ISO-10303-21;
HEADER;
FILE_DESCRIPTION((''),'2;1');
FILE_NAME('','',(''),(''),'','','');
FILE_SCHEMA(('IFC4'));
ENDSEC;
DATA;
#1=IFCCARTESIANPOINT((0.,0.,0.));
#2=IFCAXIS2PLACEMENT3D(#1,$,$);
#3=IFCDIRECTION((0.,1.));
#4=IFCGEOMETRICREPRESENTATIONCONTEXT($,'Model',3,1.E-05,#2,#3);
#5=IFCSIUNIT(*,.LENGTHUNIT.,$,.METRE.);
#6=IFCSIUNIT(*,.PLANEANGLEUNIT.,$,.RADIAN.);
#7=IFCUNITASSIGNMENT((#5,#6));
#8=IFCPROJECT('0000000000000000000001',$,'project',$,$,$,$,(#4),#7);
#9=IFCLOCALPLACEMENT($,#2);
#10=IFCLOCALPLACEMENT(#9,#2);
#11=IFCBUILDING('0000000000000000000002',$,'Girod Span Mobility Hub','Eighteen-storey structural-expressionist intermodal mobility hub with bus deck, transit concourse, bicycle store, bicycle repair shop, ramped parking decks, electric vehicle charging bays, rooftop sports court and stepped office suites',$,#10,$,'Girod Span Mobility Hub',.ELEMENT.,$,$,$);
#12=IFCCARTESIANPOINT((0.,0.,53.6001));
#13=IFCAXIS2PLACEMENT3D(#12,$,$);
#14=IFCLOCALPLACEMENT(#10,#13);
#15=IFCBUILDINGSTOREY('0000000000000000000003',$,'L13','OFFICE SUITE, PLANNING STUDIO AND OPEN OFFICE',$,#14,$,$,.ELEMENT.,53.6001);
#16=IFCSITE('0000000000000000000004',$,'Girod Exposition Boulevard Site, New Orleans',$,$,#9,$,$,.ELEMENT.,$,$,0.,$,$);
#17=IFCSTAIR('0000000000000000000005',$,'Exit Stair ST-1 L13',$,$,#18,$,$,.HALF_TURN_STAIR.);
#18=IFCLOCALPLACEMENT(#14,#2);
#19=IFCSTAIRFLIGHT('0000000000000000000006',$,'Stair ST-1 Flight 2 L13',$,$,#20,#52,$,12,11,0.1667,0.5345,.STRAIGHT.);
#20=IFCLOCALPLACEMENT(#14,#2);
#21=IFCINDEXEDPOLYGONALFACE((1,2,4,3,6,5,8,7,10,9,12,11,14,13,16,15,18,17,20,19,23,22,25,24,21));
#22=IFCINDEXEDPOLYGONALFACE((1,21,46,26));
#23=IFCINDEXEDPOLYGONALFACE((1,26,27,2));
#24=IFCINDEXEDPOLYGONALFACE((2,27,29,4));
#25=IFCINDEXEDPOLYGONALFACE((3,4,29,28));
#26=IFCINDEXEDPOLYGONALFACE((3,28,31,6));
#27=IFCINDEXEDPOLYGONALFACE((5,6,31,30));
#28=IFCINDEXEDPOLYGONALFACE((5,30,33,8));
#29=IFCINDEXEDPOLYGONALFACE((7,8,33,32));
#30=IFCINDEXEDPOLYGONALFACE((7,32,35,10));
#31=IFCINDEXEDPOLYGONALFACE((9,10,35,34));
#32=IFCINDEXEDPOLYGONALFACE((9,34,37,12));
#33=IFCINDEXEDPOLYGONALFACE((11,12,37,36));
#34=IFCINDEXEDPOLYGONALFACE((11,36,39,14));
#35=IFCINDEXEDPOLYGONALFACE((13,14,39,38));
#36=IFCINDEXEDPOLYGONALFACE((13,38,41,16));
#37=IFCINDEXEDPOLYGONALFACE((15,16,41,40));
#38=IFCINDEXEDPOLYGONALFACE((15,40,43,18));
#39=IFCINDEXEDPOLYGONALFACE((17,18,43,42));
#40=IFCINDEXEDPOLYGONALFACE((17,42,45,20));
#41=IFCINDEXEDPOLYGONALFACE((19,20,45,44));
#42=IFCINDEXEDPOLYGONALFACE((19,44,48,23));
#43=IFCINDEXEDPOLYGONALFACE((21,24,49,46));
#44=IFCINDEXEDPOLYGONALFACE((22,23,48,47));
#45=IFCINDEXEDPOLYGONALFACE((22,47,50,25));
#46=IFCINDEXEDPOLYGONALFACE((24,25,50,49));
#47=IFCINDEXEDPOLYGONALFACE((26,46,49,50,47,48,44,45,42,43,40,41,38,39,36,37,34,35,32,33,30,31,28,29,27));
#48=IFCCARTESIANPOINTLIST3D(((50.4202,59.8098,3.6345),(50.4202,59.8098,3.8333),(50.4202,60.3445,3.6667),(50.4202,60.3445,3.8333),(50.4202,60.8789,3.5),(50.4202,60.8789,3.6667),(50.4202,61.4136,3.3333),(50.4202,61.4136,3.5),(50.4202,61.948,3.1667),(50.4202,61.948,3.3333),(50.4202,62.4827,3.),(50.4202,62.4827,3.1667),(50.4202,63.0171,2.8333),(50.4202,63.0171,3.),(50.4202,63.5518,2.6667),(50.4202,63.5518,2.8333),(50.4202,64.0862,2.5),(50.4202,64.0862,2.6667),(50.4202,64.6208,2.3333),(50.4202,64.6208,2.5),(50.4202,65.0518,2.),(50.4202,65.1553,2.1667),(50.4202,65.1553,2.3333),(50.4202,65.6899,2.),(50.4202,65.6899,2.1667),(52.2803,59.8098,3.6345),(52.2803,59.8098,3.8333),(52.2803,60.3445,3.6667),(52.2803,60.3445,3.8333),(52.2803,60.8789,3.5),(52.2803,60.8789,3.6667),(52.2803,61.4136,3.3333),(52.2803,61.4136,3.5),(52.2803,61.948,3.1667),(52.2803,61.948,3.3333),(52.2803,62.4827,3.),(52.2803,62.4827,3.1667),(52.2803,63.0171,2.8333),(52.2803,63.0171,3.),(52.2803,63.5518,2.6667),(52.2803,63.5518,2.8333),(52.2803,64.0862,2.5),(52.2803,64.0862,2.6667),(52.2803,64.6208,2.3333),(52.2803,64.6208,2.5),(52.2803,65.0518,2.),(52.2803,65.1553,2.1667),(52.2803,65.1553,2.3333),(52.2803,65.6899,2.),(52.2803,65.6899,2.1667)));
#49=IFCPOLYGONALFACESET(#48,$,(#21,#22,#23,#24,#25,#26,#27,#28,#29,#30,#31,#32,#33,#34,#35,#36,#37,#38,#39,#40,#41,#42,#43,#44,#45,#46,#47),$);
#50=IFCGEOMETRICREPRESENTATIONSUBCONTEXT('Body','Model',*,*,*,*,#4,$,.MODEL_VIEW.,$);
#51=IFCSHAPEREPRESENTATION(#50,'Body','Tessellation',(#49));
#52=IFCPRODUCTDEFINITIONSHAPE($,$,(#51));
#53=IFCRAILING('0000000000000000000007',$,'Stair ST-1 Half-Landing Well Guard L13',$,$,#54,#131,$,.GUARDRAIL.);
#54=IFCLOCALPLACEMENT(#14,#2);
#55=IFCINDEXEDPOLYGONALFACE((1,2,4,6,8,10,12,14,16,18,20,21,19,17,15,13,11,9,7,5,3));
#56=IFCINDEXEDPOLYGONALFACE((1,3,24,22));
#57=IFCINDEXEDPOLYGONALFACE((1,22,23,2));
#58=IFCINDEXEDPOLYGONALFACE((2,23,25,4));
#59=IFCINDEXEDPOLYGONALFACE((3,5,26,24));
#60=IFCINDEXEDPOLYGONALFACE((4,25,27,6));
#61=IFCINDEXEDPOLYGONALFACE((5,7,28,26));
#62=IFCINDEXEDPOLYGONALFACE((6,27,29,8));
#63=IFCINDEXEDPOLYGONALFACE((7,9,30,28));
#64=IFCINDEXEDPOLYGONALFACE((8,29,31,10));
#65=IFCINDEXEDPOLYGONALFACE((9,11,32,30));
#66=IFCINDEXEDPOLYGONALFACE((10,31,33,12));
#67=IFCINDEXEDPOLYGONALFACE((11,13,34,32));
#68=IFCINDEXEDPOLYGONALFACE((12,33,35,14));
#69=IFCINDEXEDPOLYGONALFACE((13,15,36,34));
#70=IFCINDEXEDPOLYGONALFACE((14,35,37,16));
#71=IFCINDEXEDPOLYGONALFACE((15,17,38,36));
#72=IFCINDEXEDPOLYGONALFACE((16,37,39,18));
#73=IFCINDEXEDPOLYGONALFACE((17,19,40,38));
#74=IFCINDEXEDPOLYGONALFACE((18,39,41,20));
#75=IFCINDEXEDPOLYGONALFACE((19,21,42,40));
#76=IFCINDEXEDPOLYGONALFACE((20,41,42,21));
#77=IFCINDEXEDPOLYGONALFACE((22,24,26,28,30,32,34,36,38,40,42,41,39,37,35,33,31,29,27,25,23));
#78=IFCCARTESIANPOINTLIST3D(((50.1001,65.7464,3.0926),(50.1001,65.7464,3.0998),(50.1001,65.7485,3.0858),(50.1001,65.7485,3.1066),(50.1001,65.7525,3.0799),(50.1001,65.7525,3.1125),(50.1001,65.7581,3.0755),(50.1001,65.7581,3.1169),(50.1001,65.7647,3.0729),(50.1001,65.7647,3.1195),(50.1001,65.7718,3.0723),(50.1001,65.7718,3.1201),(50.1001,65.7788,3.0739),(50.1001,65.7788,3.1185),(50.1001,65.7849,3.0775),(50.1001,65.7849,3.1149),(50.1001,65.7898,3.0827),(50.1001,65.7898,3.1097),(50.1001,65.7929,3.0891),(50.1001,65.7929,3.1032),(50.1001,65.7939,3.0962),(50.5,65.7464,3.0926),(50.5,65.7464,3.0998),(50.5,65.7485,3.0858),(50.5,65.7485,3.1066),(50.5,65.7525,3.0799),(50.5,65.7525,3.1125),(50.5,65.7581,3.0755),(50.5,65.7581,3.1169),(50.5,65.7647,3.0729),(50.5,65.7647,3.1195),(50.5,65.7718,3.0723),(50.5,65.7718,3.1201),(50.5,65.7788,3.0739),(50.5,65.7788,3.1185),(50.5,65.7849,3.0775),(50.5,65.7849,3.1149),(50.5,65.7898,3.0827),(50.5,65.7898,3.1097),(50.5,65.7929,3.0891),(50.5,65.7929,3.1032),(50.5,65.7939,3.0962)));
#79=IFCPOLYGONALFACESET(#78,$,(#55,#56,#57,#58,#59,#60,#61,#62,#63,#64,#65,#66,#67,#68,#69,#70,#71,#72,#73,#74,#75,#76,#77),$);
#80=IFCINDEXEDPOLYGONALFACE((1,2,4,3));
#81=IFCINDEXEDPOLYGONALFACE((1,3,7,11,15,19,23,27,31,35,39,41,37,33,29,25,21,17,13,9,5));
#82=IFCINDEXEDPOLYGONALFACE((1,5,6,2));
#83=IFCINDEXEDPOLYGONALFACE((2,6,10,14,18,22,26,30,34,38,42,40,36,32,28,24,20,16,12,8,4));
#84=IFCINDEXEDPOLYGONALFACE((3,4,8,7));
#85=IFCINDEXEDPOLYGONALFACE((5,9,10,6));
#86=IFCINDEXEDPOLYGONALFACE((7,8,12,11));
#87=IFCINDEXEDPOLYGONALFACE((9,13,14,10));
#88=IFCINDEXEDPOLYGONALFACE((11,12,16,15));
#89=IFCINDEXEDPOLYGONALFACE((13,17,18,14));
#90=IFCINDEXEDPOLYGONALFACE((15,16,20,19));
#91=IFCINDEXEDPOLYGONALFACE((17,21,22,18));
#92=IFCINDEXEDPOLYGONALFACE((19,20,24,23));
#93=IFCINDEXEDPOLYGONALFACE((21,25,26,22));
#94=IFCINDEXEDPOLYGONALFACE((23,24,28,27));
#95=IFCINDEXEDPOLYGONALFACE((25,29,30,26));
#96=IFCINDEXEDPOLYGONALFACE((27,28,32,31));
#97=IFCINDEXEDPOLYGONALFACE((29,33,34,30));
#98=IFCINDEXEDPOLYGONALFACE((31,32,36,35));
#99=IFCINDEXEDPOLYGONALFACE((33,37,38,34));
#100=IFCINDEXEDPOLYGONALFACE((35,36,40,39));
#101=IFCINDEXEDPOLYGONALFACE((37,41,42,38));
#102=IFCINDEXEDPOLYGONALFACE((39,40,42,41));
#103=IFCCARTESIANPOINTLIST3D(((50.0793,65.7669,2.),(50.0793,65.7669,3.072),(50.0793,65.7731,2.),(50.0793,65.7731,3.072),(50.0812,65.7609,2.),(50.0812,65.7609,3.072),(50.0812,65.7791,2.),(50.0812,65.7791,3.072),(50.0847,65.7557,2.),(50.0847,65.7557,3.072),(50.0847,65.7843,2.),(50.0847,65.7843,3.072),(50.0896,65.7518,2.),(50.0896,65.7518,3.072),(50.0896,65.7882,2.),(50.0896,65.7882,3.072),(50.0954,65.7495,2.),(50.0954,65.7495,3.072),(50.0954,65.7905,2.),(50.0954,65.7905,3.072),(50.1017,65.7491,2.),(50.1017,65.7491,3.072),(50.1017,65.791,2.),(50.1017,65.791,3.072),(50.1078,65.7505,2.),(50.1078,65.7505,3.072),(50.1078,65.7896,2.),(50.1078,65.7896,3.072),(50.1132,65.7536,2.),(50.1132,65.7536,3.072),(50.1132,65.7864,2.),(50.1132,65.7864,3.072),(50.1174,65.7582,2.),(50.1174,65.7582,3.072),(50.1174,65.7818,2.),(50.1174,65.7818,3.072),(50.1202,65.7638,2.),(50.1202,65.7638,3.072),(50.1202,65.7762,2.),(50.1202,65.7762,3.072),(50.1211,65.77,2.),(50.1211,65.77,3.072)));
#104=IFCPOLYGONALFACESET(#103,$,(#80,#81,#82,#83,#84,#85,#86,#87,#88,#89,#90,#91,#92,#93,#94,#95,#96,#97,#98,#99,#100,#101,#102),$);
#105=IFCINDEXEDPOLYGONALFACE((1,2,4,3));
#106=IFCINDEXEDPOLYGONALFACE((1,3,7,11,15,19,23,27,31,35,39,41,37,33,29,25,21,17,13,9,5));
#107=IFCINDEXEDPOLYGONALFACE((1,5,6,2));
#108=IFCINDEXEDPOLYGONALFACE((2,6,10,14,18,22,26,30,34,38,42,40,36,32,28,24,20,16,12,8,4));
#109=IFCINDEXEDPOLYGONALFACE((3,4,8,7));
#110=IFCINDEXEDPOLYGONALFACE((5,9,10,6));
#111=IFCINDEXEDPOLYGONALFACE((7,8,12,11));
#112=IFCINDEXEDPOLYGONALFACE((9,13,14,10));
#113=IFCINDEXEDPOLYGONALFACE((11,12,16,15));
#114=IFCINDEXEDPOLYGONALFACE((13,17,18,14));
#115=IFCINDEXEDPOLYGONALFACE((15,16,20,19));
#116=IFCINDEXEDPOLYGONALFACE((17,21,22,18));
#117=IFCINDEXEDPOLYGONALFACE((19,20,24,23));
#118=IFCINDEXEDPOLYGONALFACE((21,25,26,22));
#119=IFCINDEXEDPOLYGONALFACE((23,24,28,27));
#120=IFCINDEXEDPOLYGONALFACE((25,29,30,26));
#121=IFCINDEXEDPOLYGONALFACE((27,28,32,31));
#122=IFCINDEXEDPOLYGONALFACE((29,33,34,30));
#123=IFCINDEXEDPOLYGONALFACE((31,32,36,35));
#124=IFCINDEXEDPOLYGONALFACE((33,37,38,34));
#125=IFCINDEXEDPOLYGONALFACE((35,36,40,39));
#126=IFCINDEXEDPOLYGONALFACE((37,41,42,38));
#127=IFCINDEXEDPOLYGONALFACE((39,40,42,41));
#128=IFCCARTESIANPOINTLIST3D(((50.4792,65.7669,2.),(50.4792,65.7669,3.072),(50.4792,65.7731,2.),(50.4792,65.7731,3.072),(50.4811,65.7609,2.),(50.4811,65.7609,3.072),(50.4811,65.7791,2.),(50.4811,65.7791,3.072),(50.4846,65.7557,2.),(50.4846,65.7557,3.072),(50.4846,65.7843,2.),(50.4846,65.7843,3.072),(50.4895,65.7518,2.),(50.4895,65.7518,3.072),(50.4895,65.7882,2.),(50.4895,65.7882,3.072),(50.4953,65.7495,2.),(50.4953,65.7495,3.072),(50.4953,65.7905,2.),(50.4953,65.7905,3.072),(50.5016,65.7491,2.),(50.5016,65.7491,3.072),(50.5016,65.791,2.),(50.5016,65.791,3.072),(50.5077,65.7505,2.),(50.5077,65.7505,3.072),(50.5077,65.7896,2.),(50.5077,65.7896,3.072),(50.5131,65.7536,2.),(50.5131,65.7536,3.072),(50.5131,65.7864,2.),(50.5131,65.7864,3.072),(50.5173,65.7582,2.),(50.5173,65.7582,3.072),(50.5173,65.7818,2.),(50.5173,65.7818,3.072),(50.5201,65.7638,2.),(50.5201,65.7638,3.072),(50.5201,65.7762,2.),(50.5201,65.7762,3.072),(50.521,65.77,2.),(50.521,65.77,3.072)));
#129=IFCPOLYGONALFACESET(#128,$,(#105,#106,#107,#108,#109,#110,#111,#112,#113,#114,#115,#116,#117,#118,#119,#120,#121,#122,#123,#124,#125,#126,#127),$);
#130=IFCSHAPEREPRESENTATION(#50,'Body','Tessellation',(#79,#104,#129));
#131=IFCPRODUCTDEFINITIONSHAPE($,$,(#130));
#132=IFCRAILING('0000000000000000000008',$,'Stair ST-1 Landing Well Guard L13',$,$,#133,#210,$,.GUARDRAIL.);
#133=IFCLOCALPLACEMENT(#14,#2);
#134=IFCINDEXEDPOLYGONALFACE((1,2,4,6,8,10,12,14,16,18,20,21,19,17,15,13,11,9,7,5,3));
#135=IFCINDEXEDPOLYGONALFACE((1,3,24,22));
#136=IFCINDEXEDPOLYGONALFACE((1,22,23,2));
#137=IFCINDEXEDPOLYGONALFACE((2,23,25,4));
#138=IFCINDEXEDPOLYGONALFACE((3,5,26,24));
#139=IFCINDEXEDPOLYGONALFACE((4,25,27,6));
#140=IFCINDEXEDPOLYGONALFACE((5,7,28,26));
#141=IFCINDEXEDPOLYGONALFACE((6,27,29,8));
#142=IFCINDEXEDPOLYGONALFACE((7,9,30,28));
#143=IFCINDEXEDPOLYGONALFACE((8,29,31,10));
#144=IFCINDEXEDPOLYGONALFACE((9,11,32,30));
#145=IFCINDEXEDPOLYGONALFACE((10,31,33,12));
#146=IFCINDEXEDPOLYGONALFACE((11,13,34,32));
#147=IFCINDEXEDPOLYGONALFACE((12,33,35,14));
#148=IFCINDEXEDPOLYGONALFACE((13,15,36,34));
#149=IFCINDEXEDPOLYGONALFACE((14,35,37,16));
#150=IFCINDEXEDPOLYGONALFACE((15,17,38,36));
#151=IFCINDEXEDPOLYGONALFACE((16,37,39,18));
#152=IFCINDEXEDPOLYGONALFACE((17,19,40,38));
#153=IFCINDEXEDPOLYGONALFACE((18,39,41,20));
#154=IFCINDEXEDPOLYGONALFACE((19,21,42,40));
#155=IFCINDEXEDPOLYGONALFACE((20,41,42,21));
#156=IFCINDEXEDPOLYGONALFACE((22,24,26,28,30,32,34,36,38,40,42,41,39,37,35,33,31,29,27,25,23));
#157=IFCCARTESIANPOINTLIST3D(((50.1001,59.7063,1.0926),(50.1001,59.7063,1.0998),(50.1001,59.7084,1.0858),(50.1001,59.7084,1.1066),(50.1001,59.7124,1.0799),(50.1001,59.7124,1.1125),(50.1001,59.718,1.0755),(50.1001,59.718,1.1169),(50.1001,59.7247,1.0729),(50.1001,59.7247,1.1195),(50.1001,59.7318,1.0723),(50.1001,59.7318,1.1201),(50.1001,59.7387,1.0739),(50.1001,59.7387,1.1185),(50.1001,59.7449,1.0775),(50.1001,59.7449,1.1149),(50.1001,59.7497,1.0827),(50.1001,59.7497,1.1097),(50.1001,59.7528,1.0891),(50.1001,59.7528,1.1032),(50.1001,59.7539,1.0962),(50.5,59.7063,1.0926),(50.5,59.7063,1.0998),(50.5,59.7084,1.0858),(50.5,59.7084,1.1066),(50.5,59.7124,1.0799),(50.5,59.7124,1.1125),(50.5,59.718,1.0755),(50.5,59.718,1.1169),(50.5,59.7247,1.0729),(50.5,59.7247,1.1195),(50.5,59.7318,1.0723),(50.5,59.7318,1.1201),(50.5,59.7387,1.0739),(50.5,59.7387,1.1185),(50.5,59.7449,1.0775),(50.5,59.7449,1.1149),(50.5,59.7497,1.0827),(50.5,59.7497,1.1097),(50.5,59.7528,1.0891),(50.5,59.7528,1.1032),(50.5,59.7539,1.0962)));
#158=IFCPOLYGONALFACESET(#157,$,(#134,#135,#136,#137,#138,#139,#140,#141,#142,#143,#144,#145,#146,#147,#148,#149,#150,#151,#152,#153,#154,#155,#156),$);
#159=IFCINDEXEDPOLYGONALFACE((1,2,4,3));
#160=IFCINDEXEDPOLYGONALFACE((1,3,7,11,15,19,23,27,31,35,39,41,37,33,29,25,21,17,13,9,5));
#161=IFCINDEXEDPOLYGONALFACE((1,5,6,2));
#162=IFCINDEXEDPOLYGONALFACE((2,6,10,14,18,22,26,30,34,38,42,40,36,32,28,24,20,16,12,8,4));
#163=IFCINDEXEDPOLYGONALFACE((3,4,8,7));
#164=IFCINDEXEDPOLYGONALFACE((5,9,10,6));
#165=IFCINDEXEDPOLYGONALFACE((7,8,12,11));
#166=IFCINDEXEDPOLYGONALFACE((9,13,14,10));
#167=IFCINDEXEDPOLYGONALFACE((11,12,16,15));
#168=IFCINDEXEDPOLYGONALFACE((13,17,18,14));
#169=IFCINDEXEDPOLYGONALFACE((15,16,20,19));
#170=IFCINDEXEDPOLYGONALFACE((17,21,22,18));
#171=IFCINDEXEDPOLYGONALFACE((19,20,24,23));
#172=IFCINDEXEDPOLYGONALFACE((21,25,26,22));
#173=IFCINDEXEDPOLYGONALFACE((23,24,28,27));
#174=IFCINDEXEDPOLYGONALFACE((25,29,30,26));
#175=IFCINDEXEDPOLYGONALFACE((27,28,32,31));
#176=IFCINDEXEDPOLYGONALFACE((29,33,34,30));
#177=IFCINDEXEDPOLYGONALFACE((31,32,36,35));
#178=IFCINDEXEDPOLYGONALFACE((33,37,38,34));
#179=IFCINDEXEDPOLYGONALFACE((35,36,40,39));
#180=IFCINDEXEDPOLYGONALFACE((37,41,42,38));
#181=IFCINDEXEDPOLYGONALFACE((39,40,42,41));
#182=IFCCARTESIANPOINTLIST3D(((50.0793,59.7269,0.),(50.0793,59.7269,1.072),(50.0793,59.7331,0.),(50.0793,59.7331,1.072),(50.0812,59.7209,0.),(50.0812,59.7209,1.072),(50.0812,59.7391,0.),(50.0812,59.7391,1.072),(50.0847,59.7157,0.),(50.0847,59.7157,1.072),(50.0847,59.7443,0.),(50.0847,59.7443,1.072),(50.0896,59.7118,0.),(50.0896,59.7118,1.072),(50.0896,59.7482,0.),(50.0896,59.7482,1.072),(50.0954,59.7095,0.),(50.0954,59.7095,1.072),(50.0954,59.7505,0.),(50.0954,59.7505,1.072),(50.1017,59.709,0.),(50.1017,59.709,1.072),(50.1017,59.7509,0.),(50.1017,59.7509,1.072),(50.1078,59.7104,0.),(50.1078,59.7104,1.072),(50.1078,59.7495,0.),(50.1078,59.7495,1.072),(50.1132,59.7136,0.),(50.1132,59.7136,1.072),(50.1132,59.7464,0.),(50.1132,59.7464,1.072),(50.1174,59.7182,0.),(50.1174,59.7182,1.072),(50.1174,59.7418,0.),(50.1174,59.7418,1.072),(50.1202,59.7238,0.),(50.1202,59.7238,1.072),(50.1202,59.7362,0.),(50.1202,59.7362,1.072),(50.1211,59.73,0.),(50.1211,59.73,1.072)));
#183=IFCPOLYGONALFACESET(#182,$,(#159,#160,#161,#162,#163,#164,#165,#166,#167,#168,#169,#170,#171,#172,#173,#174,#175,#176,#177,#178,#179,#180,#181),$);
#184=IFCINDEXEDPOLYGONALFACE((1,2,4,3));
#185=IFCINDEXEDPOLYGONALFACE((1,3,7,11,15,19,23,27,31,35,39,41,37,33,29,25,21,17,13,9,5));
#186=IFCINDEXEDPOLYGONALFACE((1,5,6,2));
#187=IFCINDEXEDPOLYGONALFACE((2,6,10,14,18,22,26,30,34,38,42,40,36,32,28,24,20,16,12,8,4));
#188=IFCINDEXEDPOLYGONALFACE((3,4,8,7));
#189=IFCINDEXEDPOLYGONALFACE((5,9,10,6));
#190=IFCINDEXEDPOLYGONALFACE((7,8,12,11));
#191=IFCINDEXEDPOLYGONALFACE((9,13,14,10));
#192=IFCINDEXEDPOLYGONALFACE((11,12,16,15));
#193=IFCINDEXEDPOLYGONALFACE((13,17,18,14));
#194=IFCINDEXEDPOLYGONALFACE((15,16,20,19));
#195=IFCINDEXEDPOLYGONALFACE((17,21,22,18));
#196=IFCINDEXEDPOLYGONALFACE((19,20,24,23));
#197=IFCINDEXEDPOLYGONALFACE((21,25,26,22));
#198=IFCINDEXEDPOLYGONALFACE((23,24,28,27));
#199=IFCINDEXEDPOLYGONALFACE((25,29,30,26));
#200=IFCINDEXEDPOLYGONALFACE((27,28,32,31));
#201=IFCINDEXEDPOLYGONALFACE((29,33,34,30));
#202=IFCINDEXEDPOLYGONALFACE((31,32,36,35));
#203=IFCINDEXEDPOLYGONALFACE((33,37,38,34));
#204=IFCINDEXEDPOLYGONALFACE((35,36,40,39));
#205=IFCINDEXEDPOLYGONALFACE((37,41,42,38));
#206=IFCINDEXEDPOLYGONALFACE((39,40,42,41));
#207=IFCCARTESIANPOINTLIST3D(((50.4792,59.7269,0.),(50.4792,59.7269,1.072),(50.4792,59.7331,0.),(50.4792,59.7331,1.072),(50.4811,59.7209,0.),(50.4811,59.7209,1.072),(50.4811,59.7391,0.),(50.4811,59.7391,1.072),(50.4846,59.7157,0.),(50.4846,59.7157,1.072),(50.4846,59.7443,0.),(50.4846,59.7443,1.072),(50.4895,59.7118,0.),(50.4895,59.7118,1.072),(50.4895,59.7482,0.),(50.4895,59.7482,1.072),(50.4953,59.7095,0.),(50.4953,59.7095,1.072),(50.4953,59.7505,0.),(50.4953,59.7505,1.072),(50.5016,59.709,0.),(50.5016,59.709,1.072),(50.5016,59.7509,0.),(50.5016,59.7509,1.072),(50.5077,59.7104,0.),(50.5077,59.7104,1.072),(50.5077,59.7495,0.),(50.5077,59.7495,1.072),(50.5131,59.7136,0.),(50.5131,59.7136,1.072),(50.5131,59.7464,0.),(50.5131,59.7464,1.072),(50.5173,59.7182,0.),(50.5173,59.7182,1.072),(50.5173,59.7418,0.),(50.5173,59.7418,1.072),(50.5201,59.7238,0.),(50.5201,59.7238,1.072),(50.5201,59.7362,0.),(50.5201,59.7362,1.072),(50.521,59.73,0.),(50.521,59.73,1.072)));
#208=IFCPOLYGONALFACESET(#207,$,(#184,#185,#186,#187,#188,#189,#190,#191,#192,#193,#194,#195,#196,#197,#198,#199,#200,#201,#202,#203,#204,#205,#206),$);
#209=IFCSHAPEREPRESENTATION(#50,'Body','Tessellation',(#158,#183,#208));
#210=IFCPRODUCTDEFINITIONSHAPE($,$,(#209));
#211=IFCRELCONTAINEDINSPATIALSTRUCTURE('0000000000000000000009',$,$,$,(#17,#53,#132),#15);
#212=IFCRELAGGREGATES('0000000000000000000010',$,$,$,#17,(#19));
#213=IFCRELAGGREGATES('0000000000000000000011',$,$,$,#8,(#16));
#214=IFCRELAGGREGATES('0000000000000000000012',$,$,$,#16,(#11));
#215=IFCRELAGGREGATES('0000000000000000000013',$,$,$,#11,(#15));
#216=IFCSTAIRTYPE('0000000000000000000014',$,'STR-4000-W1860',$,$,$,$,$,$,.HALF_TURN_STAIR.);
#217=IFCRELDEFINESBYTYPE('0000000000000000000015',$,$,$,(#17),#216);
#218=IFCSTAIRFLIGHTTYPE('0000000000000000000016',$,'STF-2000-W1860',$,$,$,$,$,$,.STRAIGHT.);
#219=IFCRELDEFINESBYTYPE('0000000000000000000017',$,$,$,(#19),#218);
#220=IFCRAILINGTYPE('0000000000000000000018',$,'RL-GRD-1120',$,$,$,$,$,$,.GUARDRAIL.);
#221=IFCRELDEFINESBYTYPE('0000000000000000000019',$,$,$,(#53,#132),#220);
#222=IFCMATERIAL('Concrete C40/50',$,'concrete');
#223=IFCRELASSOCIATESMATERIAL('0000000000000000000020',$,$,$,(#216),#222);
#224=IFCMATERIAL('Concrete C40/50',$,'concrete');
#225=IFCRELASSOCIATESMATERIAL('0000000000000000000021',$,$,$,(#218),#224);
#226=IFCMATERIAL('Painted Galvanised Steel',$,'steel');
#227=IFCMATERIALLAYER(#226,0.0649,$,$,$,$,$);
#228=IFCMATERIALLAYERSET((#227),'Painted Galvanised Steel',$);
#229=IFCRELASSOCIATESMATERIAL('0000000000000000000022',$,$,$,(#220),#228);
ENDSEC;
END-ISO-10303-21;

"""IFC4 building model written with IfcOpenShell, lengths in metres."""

from ifc_helpers import new_model, si_unit, direction, frame, origin, origin_2d, place, context, subcontext, project, spatial, polyline, circle, outline, extrude, material, layer, layer_set, type_object, element, aggregate, save


model = new_model("IFC4")

# Units and contexts
model_context = context("Model", 3, precision=1e-05, world=origin(), true_north=direction((0.0, 1.0)))
body_context = subcontext(model_context, "Body", "Model", "MODEL_VIEW")
ifc_project = project(units=[si_unit("LENGTHUNIT", "METRE"), si_unit("PLANEANGLEUNIT", "RADIAN")], contexts=[model_context])

# Site, building, storey
site_placement = place(None, origin())
site = spatial("IfcSite", under=ifc_project, at=site_placement, Name="Girod Exposition Boulevard Site, New Orleans", CompositionType="ELEMENT", RefElevation=0.0)
building_placement = place(site_placement, origin())
building = spatial("IfcBuilding", under=site, at=building_placement, Name="Girod Span Mobility Hub", Description="Eighteen-storey structural-expressionist intermodal mobility hub with bus deck, transit concourse, bicycle store, bicycle repair shop, ramped parking decks, electric vehicle charging bays, rooftop sports court and stepped office suites", LongName="Girod Span Mobility Hub", CompositionType="ELEMENT")
storey_placement = place(building_placement, frame((0.0, 0.0, 53.6001)))
storey = spatial("IfcBuildingStorey", under=building, at=storey_placement, Name="L13", Description="OFFICE SUITE, PLANNING STUDIO AND OPEN OFFICE", CompositionType="ELEMENT", Elevation=53.6001)

# Stair, stair flight
ifc_material_1 = material(Name="Concrete C40/50", Category="concrete")
stair_type = type_object("IfcStairType", Name="STR-4000-W1860", PredefinedType="HALF_TURN_STAIR", material=ifc_material_1)
stair_placement = place(storey_placement, origin())
stair = element("IfcStair", 1, at=stair_placement, inside=storey, type_object=stair_type, Name="Exit Stair ST-1 L13", PredefinedType="HALF_TURN_STAIR")
ifc_material_2 = material(Name="Concrete C40/50", Category="concrete")
stair_flight_type = type_object("IfcStairFlightType", Name="STF-2000-W1860", PredefinedType="STRAIGHT", material=ifc_material_2)
stair_flight_1_placement = place(storey_placement, frame((51.3501, 65.6899, 2.0), z_axis=(0.0, 0.0, 1.0), x_axis=(0.0, -1.0, 0.0)))
stair_flight_1 = element("IfcStairFlight", 2, at=stair_flight_1_placement, type_object=stair_flight_type, Name="Stair ST-1 Flight 2 L13", NumberOfRisers=12, NumberOfTreads=11, PredefinedType="STRAIGHT", RiserHeight=0.1667, TreadLength=0.5345, context=body_context, shape_type="SweptSolid", body=[
    extrude(outline(polyline([(0.0, 0.0), (0.0, 0.1667), (0.5347, 0.1667), (0.5347, 0.3333), (1.0691, 0.3333), (1.0691, 0.5), (1.6038, 0.5), (1.6038, 0.6667), (2.1382, 0.6667), (2.1382, 0.8333), (2.6729, 0.8333), (2.6729, 1.0), (3.2073, 1.0), (3.2073, 1.1667), (3.7419, 1.1667), (3.7419, 1.3333), (4.2764, 1.3333), (4.2764, 1.5), (4.811, 1.5), (4.811, 1.6667), (5.3455, 1.6667), (5.3455, 1.8333), (5.8801, 1.8333), (5.8801, 2.0), (5.8801, 1.6345), (0.6382, 0.0), (0.0, 0.0)])), frame((0.0, 0.9302, 0.0), z_axis=(0.0, -1.0, 0.0), x_axis=(1.0, 0.0, 0.0)), (0.0, 0.0, 1.0), 1.8601),
])
aggregate(stair, [stair_flight_1])

# Railings
ifc_material_3 = material(Name="Painted Galvanised Steel", Category="steel")
ifc_layer_1 = layer(ifc_material_3, 0.0649)
ifc_layer_set_1 = layer_set([ifc_layer_1], Name="Painted Galvanised Steel")
railing_type_1 = type_object("IfcRailingType", Name="RL-GRD-1120", PredefinedType="GUARDRAIL", material=ifc_layer_set_1)
for number, where, name in (
    (3, (50.1001, 65.77, 2.0), "Stair ST-1 Half-Landing Well Guard L13"),
    (4, (50.1001, 59.73, 0.0), "Stair ST-1 Landing Well Guard L13"),
):
    element("IfcRailing", number, at=place(storey_placement, frame(where)), inside=storey, type_object=railing_type_1, Name=name, PredefinedType="GUARDRAIL", context=body_context, shape_type="SweptSolid", body=[
        extrude(circle(Radius=0.0239, at=origin_2d()), frame((0.0, 0.0, 1.0962), z_axis=(1.0, 0.0, 0.0), x_axis=(0.0, 1.0, 0.0)), (0.0, 0.0, 1.0), 0.3999),
        extrude(circle(Radius=0.021, at=origin_2d()), origin(), (0.0, 0.0, 1.0), 1.072),
        extrude(circle(Radius=0.021, at=origin_2d()), frame((0.3999, 0.0, 0.0)), (0.0, 0.0, 1.0), 1.072),
    ])

save(model, "model.ifc")
